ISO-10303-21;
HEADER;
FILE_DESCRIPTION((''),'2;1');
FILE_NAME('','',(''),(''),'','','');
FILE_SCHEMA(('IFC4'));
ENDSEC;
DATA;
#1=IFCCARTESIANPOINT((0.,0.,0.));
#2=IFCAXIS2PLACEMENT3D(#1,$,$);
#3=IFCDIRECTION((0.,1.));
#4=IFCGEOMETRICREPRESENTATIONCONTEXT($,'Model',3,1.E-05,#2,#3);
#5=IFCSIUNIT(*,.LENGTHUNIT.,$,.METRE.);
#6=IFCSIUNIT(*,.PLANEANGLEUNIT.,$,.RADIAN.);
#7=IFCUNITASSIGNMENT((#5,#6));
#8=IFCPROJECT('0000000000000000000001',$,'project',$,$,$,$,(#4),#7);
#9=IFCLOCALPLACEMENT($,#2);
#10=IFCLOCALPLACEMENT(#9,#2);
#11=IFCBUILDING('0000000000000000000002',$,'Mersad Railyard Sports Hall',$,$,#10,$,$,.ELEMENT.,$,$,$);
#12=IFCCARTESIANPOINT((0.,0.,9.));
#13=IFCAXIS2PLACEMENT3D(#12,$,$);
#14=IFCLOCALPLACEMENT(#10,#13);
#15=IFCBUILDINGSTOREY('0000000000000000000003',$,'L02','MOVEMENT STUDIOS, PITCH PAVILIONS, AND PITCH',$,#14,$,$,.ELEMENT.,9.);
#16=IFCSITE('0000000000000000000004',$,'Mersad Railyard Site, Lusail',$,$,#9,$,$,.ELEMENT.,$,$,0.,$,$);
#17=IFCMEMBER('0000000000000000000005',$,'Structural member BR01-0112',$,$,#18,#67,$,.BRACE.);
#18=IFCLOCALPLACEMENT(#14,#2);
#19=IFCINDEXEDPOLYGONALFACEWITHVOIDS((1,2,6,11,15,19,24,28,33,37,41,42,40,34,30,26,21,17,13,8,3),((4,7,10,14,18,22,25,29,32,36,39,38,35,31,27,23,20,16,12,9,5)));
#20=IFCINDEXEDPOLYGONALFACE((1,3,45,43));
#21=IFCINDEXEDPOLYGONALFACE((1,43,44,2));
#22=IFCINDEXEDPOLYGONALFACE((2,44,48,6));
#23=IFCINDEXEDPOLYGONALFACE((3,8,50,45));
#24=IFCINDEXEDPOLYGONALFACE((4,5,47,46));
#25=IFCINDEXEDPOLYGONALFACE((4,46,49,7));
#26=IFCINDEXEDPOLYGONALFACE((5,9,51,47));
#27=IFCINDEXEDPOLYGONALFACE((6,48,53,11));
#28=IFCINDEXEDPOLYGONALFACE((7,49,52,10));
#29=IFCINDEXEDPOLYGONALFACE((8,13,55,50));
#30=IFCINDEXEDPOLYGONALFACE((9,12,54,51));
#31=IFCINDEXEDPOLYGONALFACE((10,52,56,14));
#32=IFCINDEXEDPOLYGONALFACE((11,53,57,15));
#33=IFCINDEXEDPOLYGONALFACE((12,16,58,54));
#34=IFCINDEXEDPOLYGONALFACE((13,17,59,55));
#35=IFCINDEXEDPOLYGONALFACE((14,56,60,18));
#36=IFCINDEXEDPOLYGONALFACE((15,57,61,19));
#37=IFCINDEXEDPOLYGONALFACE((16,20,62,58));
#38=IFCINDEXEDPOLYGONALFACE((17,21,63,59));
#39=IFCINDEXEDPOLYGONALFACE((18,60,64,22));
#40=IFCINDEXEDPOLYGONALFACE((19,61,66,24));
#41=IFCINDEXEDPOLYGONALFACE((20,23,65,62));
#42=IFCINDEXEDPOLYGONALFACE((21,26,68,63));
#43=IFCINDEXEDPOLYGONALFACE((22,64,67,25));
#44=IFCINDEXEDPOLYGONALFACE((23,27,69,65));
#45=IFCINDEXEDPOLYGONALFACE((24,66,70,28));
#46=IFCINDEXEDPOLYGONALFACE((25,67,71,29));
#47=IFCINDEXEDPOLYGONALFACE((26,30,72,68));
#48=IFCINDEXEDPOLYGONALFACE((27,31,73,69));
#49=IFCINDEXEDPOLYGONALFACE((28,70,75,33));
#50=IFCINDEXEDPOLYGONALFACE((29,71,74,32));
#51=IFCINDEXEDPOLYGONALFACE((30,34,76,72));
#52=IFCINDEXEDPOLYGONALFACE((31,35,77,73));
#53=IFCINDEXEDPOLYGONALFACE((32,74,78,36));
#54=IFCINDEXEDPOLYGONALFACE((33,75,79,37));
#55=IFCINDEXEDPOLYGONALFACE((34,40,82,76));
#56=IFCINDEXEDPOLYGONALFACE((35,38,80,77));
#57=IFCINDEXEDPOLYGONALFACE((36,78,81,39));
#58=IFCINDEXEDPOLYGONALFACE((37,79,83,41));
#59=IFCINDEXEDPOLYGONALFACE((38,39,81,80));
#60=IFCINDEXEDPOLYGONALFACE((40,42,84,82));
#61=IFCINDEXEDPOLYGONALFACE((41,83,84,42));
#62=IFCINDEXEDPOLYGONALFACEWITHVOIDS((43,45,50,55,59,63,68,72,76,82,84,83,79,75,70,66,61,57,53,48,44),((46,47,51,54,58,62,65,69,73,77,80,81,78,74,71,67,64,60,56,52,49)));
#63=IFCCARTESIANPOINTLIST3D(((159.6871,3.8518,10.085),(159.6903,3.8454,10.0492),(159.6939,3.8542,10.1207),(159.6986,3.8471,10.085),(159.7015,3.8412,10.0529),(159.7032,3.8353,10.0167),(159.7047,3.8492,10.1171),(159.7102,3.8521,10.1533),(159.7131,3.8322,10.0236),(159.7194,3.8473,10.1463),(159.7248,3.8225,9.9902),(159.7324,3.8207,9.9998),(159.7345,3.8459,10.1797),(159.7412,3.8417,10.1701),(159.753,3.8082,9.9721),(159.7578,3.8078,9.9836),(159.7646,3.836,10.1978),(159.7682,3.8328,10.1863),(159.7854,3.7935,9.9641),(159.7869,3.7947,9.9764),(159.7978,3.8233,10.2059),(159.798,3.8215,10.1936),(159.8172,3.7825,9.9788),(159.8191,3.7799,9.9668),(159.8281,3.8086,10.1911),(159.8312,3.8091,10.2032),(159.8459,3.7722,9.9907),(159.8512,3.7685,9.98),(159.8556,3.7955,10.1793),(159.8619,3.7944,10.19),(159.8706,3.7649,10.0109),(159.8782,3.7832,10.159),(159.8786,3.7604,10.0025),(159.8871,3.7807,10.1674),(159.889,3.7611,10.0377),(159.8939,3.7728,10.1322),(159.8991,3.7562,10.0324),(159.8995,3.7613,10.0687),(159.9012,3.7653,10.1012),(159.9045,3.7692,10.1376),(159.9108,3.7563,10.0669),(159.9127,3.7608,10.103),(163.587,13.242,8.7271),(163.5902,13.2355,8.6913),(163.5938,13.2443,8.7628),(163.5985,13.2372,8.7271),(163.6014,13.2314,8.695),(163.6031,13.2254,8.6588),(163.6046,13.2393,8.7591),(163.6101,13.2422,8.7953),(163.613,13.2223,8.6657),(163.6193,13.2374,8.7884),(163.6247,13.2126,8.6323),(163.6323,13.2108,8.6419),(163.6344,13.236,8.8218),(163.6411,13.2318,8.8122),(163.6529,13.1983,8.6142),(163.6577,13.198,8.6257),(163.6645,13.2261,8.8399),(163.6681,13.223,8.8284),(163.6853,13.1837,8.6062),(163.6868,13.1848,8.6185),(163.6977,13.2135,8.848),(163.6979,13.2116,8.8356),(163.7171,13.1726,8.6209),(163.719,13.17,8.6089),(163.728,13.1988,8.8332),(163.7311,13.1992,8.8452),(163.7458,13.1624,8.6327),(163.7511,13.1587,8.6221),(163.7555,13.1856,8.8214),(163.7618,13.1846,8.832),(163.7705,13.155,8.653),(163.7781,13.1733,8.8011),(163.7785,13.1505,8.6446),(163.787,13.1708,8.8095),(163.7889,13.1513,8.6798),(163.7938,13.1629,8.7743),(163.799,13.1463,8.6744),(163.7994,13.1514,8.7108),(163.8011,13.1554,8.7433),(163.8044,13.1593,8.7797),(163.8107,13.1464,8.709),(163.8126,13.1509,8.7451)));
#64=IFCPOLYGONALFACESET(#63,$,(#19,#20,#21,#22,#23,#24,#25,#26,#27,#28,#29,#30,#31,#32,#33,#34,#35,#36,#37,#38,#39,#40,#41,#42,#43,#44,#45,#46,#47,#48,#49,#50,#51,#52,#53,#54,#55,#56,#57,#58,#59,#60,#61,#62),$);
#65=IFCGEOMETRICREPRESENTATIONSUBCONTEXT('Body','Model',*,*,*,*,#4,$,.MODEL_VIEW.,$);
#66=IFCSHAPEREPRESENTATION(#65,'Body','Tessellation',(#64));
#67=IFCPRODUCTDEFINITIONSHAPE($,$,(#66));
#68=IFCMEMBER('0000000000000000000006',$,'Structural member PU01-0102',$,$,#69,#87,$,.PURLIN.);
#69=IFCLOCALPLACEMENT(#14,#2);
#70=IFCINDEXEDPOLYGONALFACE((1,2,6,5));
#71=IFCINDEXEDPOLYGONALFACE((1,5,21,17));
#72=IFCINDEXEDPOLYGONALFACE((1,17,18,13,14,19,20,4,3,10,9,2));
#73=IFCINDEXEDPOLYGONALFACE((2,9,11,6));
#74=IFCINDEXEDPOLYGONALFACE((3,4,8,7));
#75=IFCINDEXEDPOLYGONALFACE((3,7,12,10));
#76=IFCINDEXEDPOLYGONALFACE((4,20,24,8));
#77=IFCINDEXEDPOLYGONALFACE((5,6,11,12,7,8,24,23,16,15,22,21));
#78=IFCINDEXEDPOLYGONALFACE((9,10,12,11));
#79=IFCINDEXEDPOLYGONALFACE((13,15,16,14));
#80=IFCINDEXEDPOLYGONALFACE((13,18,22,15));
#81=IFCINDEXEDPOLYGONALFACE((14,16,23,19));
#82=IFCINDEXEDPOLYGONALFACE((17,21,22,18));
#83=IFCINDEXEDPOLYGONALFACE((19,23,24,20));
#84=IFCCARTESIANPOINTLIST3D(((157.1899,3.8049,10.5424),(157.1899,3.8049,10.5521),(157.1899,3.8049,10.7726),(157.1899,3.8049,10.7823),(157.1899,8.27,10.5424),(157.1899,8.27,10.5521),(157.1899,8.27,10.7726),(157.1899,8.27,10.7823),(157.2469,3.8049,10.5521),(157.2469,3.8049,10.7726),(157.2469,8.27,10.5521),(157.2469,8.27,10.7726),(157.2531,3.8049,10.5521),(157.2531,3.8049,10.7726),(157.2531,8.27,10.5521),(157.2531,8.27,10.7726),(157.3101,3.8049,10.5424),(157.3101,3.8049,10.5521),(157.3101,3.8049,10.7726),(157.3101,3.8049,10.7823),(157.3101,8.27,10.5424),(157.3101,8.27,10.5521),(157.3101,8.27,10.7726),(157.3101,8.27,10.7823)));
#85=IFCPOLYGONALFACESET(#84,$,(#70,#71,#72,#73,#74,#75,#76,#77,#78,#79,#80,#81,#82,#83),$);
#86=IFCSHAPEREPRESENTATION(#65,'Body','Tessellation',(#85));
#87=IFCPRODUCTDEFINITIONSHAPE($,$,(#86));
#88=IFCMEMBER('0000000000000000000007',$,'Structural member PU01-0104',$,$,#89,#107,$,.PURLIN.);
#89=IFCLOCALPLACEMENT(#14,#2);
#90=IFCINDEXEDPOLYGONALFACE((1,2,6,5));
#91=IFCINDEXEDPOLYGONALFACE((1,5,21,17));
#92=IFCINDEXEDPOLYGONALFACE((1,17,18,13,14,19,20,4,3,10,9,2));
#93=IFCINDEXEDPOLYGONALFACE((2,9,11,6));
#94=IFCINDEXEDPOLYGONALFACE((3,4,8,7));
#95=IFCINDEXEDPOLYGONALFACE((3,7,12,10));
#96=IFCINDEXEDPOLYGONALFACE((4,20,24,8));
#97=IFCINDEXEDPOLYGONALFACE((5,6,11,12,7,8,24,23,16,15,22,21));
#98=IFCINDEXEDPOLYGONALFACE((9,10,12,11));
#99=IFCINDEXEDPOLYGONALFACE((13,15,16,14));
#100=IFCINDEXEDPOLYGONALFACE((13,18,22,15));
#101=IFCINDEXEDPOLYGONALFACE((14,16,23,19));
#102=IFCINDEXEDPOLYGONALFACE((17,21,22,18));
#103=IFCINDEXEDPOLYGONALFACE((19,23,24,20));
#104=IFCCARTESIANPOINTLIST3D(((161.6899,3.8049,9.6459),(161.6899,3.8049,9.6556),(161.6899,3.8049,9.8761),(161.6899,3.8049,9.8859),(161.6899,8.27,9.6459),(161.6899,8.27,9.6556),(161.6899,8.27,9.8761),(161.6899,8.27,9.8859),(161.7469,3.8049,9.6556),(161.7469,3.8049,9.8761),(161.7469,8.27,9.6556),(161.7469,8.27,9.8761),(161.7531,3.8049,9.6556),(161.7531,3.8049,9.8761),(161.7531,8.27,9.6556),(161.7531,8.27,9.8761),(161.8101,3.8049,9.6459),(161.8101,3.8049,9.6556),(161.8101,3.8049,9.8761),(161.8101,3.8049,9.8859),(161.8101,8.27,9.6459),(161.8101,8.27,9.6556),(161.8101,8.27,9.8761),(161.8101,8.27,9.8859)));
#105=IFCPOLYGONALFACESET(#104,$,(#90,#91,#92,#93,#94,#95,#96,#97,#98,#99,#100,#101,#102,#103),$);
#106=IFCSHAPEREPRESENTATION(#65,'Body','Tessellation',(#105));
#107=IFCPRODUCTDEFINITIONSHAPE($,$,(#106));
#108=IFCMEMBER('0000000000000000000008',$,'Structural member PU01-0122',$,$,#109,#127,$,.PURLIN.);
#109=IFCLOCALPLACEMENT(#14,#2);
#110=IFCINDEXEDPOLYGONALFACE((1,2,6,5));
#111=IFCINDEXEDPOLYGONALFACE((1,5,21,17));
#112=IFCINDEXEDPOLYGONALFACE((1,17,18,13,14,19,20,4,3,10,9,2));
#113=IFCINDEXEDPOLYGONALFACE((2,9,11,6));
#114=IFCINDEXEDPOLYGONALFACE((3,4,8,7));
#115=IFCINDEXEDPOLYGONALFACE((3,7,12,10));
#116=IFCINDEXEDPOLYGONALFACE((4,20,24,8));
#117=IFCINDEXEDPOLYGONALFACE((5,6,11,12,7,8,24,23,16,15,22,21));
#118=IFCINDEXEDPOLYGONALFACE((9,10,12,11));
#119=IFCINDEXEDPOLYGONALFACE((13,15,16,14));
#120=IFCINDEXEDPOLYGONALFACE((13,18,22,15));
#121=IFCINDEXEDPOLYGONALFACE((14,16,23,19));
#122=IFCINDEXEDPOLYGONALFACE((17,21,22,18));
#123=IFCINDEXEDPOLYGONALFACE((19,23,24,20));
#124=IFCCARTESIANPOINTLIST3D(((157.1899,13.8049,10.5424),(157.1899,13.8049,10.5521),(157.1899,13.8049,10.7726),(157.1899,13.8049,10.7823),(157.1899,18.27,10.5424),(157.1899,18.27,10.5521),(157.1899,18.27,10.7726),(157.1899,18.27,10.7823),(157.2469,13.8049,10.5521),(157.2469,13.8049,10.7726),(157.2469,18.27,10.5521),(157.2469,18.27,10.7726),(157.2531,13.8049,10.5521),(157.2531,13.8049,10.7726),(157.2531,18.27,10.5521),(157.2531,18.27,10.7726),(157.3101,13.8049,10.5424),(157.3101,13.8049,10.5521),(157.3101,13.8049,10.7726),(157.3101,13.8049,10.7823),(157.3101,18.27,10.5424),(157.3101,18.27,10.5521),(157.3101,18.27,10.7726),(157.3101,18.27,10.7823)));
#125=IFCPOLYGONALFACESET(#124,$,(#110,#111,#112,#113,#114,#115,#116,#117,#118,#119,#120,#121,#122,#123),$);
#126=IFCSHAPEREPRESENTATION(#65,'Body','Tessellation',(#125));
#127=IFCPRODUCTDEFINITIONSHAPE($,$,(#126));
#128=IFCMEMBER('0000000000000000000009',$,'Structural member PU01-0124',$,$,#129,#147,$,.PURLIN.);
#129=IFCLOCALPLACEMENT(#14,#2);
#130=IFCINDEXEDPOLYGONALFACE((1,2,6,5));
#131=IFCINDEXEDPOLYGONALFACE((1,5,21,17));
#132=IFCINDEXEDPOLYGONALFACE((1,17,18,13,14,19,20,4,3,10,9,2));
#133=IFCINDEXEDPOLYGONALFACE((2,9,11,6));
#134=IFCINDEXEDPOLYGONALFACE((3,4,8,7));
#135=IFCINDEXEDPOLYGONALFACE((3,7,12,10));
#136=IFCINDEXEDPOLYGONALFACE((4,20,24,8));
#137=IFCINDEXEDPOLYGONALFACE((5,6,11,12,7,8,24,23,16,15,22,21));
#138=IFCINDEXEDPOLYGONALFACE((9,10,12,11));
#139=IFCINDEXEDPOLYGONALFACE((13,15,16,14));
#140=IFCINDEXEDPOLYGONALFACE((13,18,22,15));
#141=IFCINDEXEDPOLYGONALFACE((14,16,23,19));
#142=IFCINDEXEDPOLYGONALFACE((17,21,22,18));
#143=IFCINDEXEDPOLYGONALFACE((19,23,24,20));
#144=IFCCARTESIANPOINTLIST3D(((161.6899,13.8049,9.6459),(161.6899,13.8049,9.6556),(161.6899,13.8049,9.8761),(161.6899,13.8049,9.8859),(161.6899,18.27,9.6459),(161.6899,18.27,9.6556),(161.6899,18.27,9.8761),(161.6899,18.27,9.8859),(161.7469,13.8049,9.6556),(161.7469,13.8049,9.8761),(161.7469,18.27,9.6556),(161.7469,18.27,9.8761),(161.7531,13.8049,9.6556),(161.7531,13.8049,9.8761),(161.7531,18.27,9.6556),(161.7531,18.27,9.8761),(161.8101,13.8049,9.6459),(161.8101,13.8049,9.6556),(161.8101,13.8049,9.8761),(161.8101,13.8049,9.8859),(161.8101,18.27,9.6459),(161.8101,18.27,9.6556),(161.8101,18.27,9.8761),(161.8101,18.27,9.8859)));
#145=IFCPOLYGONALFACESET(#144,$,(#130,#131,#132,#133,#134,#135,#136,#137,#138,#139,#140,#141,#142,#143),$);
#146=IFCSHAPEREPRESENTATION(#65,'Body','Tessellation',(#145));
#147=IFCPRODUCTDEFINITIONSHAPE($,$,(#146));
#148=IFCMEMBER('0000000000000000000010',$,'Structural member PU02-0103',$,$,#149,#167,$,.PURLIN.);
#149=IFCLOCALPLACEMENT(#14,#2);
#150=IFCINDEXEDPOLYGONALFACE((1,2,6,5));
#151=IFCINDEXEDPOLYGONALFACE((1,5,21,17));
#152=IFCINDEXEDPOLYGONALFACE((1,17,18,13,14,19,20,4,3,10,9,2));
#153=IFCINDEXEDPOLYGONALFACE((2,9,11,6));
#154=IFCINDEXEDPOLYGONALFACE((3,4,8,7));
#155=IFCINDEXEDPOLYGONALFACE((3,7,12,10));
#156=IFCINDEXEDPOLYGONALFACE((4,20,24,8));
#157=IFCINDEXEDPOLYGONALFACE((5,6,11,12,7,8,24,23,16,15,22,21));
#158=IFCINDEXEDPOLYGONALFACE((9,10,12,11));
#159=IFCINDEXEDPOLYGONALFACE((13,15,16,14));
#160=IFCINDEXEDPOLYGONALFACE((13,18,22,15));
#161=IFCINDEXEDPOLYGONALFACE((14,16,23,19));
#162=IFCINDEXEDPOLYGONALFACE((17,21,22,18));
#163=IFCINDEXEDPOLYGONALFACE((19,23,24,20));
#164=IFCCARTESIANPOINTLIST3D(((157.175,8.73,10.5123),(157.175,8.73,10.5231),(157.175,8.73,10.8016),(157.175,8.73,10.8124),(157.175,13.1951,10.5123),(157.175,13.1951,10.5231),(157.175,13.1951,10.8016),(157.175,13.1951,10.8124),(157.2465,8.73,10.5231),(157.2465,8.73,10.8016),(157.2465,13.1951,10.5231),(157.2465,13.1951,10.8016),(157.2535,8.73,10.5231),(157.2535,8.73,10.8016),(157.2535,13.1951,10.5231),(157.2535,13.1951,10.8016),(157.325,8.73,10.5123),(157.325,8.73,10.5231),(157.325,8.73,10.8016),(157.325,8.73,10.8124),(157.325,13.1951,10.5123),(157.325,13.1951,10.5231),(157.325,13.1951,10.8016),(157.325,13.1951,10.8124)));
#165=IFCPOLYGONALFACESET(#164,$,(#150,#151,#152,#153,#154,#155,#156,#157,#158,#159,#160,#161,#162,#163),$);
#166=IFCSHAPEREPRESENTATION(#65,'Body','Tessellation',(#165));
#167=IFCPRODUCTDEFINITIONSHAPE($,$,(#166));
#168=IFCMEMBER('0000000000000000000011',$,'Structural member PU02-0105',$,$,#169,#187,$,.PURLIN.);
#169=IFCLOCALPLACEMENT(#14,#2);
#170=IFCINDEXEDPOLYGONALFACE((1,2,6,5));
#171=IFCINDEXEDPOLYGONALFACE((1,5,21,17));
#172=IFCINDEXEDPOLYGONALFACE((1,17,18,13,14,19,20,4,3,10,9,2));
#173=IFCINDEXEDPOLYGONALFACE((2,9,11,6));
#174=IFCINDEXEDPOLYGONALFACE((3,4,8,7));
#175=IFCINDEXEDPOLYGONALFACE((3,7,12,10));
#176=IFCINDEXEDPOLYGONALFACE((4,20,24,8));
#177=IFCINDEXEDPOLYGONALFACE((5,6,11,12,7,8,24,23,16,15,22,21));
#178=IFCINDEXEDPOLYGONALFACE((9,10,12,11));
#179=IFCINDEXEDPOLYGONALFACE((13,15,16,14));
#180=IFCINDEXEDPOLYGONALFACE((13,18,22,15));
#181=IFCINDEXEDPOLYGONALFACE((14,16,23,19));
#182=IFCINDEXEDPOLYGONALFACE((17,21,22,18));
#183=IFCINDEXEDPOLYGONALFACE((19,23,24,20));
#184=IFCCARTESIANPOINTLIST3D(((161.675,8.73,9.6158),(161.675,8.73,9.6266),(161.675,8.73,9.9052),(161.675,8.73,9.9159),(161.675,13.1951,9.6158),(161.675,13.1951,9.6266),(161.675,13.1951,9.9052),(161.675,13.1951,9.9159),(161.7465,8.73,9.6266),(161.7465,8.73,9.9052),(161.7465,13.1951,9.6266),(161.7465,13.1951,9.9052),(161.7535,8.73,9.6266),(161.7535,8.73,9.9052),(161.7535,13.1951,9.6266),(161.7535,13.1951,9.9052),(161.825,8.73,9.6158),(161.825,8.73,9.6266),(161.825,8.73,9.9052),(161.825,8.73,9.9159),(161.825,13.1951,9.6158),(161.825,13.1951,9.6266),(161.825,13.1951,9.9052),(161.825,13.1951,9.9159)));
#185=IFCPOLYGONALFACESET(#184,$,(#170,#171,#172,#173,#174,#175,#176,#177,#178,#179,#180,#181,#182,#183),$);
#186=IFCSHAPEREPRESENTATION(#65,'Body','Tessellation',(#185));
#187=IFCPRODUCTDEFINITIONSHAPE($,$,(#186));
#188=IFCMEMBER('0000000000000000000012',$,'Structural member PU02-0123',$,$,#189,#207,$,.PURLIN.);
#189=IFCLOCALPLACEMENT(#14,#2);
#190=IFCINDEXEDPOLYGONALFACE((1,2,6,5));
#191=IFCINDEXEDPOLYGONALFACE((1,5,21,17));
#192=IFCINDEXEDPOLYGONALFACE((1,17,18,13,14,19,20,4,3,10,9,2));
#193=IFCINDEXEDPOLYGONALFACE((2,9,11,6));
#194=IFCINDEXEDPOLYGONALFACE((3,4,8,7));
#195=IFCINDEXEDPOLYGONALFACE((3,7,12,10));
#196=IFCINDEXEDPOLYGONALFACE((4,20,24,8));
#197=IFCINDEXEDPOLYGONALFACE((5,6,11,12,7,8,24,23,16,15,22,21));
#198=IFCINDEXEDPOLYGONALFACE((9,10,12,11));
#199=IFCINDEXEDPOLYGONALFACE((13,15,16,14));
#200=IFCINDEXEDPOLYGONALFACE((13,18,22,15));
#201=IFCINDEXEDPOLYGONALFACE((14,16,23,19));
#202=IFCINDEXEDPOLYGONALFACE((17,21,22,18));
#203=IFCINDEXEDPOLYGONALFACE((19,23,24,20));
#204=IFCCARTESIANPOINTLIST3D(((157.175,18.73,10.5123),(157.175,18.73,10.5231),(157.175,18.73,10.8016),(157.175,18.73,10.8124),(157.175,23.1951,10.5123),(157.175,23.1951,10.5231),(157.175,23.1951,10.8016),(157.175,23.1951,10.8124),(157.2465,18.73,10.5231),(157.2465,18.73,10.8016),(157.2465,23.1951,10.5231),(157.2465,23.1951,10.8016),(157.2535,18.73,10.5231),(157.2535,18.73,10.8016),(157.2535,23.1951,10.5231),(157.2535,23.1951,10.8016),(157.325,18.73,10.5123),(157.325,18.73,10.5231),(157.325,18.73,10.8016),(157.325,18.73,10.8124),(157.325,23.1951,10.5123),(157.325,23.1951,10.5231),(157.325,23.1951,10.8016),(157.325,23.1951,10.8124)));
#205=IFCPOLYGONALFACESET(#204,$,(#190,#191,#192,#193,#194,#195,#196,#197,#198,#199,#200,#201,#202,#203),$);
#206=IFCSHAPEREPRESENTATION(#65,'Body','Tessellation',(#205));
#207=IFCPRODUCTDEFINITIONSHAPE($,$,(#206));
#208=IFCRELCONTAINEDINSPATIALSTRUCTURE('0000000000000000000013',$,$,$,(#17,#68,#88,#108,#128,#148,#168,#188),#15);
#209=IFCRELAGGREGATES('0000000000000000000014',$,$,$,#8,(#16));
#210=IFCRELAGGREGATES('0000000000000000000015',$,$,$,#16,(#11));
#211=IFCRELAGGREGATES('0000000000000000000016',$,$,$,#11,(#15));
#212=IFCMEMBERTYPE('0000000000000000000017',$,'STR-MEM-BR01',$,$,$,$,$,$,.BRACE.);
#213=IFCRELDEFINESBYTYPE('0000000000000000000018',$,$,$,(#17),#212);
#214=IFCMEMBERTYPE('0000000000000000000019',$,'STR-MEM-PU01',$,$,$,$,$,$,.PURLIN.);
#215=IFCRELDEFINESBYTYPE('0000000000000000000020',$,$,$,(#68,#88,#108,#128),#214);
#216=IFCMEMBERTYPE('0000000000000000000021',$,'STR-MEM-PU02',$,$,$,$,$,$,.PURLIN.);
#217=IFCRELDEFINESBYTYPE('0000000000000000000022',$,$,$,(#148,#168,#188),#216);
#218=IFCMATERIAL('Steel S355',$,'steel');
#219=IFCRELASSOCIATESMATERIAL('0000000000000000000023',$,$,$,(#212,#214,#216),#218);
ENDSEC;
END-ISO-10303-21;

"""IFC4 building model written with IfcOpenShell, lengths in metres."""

from ifc_helpers import new_model, si_unit, direction, frame, origin, origin_2d, place, context, subcontext, project, spatial, hollow_circle, i_section, extrude, material, material_profile, profile_set, type_object, element, save


model = new_model("IFC4")

# Units and contexts
model_context = context("Model", 3, precision=1e-05, world=origin(), true_north=direction((0.0, 1.0)))
body_context = subcontext(model_context, "Body", "Model", "MODEL_VIEW")
ifc_project = project(units=[si_unit("LENGTHUNIT", "METRE"), si_unit("PLANEANGLEUNIT", "RADIAN")], contexts=[model_context])

# Site, building, storey
site_placement = place(None, origin())
site = spatial("IfcSite", under=ifc_project, at=site_placement, Name="Mersad Railyard Site, Lusail", CompositionType="ELEMENT", RefElevation=0.0)
building_placement = place(site_placement, origin())
building = spatial("IfcBuilding", under=site, at=building_placement, Name="Mersad Railyard Sports Hall", CompositionType="ELEMENT")
storey_placement = place(building_placement, frame((0.0, 0.0, 9.0)))
storey = spatial("IfcBuildingStorey", under=building, at=storey_placement, Name="L02", Description="MOVEMENT STUDIOS, PITCH PAVILIONS, AND PITCH", CompositionType="ELEMENT", Elevation=9.0)

# Members
ifc_material_1 = material(Name="Steel S355", Category="steel")
ifc_material_profile_1 = material_profile(ifc_material_1, hollow_circle(Radius=0.1223, WallThickness=0.0125, at=origin_2d()), Name="CHS 244.5x12.5")
ifc_profile_set_1 = profile_set([ifc_material_profile_1], Name="Steel S355")
member_type_1 = type_object("IfcMemberType", Name="STR-MEM-BR01", PredefinedType="BRACE", material=ifc_profile_set_1)
member_1_placement = place(storey_placement, frame((159.8, 3.8049, 10.085), z_axis=(0.380179, 0.915391, -0.132375), x_axis=(-0.923518, 0.383555, 0.0)))
element("IfcMember", 1, at=member_1_placement, inside=storey, type_object=member_type_1, Name="Structural member BR01-0112", PredefinedType="BRACE", context=body_context, shape_type="SweptSolid", body=[
    extrude(hollow_circle(Radius=0.1223, WallThickness=0.0125, at=origin_2d()), origin(), (0.0, 0.0, 1.0), 10.2581),
])
ifc_material_profile_2 = material_profile(ifc_material_1, i_section(OverallWidth=0.1201, OverallDepth=0.24, WebThickness=0.0061, FlangeThickness=0.0098, at=origin_2d()), Name="IPE 240")
ifc_profile_set_2 = profile_set([ifc_material_profile_2], Name="Steel S355")
member_type_2 = type_object("IfcMemberType", Name="STR-MEM-PU01", PredefinedType="PURLIN", material=ifc_profile_set_2)
for number, where, z_axis, x_axis, name in (
    (2, (157.25, 3.8049, 10.6624), (0.0, 1.0, 0.0), (-1.0, 0.0, 0.0), "Structural member PU01-0102"),
    (3, (161.75, 3.8049, 9.7659), (0.0, 1.0, 0.0), (-1.0, 0.0, 0.0), "Structural member PU01-0104"),
    (4, (157.25, 13.8049, 10.6624), (0.0, 1.0, 0.0), (-1.0, 0.0, 0.0), "Structural member PU01-0122"),
    (5, (161.75, 13.8049, 9.7659), (0.0, 1.0, 0.0), (-1.0, 0.0, 0.0), "Structural member PU01-0124"),
):
    element("IfcMember", number, at=place(storey_placement, frame(where, z_axis=z_axis, x_axis=x_axis)), inside=storey, type_object=member_type_2, Name=name, PredefinedType="PURLIN", context=body_context, shape_type="SweptSolid", body=[
        extrude(i_section(OverallWidth=0.1201, OverallDepth=0.24, WebThickness=0.0061, FlangeThickness=0.0098, at=origin_2d()), origin(), (0.0, 0.0, 1.0), 4.4651),
    ])
ifc_material_profile_3 = material_profile(ifc_material_1, i_section(OverallWidth=0.1499, OverallDepth=0.3, WebThickness=0.0071, FlangeThickness=0.0107, at=origin_2d()), Name="IPE 300")
ifc_profile_set_3 = profile_set([ifc_material_profile_3], Name="Steel S355")
member_type_3 = type_object("IfcMemberType", Name="STR-MEM-PU02", PredefinedType="PURLIN", material=ifc_profile_set_3)
for number, where, z_axis, x_axis, name in (
    (6, (157.25, 8.73, 10.6624), (0.0, 1.0, 0.0), (-1.0, 0.0, 0.0), "Structural member PU02-0103"),
    (7, (161.75, 8.73, 9.7659), (0.0, 1.0, 0.0), (-1.0, 0.0, 0.0), "Structural member PU02-0105"),
    (8, (157.25, 18.73, 10.6624), (0.0, 1.0, 0.0), (-1.0, 0.0, 0.0), "Structural member PU02-0123"),
):
    element("IfcMember", number, at=place(storey_placement, frame(where, z_axis=z_axis, x_axis=x_axis)), inside=storey, type_object=member_type_3, Name=name, PredefinedType="PURLIN", context=body_context, shape_type="SweptSolid", body=[
        extrude(i_section(OverallWidth=0.1499, OverallDepth=0.3, WebThickness=0.0071, FlangeThickness=0.0107, at=origin_2d()), origin(), (0.0, 0.0, 1.0), 4.4651),
    ])

save(model, "model.ifc")
